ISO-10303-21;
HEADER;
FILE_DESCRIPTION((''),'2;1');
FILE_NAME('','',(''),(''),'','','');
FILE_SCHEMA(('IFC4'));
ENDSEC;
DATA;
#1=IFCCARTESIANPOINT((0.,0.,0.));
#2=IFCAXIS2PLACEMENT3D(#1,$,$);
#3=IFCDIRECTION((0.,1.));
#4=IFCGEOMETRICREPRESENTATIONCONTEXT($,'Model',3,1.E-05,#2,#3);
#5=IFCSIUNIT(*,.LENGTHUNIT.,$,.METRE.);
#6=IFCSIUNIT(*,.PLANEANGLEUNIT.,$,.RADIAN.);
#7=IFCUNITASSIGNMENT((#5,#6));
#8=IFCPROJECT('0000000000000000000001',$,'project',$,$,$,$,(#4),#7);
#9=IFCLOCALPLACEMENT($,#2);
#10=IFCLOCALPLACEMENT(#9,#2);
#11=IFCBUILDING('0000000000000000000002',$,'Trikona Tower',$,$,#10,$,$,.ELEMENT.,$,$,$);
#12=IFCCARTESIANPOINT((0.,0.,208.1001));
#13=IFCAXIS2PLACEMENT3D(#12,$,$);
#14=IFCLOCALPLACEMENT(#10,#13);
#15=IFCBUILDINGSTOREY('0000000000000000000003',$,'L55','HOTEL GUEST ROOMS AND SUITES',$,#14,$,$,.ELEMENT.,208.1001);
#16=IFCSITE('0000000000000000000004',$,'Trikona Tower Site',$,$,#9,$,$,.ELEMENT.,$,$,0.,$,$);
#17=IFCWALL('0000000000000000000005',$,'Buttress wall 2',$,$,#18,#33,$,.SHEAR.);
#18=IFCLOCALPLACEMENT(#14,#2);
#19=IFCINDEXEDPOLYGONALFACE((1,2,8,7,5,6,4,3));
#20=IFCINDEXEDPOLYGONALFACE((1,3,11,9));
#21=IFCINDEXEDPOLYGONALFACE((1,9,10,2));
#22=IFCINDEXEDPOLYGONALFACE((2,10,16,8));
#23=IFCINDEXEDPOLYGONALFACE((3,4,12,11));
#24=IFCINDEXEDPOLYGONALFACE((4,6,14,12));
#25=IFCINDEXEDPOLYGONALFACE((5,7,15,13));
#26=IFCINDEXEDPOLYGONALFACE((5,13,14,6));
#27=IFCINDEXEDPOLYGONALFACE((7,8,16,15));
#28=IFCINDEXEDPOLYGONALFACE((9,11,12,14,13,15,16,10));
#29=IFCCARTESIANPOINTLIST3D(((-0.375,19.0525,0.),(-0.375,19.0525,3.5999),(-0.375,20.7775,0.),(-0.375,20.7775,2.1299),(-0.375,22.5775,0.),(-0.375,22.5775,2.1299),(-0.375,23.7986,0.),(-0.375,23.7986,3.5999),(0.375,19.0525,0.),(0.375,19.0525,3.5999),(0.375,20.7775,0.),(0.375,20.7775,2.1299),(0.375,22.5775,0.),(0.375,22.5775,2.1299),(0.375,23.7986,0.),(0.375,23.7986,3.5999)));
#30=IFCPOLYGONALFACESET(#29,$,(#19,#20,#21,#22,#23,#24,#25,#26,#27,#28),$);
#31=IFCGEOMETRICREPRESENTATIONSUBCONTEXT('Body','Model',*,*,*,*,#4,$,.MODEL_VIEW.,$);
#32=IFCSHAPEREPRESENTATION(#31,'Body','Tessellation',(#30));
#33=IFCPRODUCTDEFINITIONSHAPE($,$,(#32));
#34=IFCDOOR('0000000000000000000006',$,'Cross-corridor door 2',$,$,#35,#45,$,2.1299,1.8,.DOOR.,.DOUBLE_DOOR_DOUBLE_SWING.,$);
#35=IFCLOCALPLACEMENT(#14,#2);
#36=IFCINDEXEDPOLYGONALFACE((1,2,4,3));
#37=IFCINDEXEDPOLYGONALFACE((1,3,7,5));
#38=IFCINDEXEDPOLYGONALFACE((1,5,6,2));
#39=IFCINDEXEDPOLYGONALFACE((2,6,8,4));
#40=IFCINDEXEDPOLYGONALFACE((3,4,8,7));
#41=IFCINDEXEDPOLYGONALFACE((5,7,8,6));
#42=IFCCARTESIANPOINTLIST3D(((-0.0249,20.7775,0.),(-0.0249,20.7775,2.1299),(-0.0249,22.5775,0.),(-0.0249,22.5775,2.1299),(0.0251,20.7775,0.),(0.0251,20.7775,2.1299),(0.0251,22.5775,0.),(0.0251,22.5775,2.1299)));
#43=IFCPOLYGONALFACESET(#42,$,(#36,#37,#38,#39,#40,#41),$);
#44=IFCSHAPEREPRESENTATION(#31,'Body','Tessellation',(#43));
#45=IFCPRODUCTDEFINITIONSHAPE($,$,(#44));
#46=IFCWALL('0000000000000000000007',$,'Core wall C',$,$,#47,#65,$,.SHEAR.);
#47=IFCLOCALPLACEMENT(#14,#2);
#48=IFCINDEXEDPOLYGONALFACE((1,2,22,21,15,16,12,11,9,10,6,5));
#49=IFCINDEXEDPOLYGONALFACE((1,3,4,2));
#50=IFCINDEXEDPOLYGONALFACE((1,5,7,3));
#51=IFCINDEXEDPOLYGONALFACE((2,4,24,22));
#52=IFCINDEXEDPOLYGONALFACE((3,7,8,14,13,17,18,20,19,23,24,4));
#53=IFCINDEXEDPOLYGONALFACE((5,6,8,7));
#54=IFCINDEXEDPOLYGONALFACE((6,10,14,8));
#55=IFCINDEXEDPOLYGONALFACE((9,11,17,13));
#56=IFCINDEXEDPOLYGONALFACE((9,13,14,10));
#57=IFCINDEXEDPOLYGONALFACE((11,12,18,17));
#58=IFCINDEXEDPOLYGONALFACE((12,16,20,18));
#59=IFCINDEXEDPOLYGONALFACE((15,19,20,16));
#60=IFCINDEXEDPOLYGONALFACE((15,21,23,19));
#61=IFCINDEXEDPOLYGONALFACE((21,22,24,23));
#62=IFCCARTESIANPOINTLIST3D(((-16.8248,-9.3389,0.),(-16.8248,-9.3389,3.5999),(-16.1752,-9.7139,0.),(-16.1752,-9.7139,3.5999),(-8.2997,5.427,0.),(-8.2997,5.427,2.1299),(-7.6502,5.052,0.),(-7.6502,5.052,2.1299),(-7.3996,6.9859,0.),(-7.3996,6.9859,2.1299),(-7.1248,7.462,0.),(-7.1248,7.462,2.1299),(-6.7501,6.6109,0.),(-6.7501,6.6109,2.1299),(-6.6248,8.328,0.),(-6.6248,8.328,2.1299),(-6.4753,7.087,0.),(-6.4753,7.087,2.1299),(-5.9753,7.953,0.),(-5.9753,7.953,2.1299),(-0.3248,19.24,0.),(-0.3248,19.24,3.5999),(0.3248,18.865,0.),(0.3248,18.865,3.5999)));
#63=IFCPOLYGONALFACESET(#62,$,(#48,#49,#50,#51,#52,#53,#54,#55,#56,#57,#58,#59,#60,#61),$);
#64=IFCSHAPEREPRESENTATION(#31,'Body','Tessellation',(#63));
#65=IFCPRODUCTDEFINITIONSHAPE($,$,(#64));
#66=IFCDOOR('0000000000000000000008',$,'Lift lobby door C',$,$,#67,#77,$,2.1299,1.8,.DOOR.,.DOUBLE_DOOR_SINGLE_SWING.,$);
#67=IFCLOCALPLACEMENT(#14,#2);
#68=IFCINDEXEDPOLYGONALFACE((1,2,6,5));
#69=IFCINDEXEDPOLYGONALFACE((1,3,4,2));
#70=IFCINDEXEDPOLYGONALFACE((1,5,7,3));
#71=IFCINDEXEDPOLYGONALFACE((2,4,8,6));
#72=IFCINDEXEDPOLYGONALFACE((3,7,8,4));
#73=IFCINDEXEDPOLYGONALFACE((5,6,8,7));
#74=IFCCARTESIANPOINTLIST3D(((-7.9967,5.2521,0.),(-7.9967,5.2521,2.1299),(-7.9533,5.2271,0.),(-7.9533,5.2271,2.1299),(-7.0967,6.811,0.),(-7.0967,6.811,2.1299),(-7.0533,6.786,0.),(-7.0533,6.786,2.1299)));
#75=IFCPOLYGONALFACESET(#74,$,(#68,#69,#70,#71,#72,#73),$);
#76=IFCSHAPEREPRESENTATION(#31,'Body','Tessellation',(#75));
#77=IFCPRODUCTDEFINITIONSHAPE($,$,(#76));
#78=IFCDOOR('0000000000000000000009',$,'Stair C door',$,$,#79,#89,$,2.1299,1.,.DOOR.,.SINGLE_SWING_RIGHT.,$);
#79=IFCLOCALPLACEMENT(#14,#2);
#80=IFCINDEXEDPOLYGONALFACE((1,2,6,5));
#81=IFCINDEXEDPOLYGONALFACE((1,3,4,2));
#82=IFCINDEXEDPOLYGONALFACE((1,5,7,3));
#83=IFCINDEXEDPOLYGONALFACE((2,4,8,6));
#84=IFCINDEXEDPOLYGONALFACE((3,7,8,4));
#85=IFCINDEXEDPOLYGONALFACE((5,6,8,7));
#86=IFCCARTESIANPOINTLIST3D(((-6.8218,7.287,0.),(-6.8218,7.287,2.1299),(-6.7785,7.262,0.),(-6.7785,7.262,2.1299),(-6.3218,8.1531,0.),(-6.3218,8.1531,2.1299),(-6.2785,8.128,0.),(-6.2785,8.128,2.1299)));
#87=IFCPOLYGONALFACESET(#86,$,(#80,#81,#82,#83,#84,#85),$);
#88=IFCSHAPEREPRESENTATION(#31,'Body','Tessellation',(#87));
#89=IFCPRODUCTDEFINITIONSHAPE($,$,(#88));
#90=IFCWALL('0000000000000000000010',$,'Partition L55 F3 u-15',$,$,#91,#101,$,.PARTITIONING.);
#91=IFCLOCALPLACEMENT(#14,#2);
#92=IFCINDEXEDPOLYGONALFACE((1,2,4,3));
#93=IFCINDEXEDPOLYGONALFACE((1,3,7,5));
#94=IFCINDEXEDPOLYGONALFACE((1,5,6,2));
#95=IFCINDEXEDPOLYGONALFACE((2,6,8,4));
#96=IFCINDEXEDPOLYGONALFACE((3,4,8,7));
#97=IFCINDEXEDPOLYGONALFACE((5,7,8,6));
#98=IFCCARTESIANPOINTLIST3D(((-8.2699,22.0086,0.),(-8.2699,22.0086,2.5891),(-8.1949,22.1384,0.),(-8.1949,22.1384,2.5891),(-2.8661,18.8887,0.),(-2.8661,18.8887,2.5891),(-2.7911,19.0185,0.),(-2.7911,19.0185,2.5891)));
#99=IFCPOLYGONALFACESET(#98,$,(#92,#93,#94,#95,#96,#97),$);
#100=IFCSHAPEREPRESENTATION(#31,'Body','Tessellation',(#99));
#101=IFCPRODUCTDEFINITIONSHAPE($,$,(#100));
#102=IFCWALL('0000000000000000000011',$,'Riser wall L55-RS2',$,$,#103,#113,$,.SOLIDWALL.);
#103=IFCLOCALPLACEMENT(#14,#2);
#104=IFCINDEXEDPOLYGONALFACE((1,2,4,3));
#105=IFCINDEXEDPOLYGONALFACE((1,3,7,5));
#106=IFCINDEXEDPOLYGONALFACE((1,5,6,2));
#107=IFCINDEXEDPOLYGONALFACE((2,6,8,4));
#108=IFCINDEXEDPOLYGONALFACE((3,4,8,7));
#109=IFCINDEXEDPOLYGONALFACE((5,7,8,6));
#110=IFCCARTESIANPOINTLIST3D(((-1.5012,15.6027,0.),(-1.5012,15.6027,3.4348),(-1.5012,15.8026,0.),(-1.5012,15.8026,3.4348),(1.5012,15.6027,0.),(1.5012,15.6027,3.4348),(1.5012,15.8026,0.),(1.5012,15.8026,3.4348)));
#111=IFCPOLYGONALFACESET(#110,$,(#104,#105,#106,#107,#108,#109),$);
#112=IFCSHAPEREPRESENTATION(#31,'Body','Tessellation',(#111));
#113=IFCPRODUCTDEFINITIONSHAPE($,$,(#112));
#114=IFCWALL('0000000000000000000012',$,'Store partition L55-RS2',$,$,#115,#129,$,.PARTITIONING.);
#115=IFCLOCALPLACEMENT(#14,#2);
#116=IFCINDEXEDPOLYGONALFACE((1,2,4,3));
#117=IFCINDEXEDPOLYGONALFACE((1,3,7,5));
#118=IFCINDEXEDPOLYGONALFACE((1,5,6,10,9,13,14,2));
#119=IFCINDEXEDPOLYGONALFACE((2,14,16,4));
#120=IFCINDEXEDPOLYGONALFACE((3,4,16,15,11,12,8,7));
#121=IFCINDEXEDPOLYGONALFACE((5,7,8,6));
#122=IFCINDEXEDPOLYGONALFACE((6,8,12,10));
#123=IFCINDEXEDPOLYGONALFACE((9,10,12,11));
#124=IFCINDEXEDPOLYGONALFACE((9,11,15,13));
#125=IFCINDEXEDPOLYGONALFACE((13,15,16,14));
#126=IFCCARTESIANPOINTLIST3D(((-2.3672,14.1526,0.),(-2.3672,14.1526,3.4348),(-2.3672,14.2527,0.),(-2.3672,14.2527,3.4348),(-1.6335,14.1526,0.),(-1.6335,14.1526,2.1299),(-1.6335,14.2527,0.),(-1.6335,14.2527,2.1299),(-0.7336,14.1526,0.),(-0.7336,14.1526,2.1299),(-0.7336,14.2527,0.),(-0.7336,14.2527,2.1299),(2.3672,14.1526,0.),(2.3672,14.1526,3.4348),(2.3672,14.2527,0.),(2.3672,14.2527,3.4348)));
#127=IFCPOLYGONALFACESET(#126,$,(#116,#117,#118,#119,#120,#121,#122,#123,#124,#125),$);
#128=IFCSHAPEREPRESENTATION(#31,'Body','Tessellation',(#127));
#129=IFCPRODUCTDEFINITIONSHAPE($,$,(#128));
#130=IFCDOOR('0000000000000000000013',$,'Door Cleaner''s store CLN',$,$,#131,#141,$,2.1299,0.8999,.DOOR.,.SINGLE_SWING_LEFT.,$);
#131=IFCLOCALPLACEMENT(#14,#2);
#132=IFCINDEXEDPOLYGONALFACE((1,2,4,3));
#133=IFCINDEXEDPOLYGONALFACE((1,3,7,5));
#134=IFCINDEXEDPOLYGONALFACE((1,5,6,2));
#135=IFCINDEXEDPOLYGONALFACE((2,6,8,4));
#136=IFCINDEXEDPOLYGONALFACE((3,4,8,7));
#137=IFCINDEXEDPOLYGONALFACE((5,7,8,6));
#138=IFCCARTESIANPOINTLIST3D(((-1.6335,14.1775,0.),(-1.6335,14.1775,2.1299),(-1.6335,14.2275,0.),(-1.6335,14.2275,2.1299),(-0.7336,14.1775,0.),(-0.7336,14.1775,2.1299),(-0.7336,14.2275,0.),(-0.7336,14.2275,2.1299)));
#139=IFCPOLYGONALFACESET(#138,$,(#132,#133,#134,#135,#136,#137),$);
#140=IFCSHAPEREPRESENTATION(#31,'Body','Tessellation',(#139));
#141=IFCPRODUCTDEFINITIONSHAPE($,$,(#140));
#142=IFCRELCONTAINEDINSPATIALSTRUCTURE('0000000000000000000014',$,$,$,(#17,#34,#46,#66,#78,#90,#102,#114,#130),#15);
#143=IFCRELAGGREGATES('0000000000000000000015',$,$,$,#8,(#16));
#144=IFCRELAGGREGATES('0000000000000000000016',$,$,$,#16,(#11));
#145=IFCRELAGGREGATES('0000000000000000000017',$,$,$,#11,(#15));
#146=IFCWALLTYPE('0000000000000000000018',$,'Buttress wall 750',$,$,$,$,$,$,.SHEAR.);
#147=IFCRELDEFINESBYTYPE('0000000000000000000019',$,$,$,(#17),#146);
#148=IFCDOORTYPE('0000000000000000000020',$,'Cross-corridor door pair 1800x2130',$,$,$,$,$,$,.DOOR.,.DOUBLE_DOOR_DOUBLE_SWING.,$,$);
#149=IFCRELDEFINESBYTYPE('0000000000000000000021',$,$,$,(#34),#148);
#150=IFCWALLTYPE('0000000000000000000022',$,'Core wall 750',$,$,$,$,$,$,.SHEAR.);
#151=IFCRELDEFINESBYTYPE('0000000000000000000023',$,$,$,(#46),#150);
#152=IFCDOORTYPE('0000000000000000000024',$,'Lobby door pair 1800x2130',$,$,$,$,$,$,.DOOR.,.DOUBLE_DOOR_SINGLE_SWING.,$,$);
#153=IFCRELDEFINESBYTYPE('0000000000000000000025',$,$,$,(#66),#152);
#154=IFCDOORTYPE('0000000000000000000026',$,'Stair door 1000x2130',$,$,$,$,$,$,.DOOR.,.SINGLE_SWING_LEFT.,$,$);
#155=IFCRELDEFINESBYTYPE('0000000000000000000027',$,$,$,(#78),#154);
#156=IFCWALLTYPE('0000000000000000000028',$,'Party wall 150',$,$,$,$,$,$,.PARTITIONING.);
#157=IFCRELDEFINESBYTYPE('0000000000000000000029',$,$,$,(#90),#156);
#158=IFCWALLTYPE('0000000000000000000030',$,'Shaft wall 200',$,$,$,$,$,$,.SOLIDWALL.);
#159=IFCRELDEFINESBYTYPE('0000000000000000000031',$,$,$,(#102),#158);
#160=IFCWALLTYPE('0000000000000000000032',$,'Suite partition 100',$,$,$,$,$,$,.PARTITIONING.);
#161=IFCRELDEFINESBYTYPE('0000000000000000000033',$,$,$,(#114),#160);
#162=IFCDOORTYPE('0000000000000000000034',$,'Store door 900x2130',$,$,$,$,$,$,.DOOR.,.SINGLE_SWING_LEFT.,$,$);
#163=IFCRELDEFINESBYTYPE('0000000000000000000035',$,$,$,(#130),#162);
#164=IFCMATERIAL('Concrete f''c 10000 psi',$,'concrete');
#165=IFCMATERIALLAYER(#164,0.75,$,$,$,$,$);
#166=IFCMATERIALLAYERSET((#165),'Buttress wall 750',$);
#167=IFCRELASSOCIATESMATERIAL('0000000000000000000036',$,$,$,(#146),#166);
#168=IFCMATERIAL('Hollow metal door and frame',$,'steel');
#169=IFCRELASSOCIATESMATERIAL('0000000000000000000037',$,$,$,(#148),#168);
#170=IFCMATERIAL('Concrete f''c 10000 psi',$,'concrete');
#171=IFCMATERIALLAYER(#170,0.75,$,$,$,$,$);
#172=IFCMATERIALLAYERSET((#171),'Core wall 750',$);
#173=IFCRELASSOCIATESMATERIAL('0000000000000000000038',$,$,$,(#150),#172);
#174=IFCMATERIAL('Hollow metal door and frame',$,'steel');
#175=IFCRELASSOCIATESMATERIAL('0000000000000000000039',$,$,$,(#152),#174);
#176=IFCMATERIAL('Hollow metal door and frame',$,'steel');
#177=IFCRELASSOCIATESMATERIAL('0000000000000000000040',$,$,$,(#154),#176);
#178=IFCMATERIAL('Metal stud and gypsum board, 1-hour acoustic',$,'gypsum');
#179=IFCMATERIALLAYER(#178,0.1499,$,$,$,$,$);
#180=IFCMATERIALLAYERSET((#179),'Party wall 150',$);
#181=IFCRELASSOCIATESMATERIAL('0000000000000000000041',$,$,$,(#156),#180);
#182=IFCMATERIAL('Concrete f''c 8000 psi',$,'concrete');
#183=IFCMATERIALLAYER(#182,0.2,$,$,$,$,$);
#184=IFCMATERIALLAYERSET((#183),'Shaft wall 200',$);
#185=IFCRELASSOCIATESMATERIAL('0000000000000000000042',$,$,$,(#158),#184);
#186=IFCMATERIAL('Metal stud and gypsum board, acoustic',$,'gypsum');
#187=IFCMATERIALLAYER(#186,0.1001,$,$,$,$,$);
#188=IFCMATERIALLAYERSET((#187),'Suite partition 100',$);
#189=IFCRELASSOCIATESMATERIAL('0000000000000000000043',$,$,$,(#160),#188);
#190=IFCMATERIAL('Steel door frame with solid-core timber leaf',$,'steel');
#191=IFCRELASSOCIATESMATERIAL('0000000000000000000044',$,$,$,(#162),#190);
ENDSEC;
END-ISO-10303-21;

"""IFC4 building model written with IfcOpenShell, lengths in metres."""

from ifc_helpers import new_model, si_unit, direction, frame, frame_2d, origin, place, context, subcontext, project, spatial, rectangle, extrude, material, layer, layer_set, type_object, element, fill, save


model = new_model("IFC4")

# Units and contexts
model_context = context("Model", 3, precision=1e-05, world=origin(), true_north=direction((0.0, 1.0)))
body_context = subcontext(model_context, "Body", "Model", "MODEL_VIEW")
ifc_project = project(units=[si_unit("LENGTHUNIT", "METRE"), si_unit("PLANEANGLEUNIT", "RADIAN")], contexts=[model_context])

# Site, building, storey
site_placement = place(None, origin())
site = spatial("IfcSite", under=ifc_project, at=site_placement, Name="Trikona Tower Site", CompositionType="ELEMENT", RefElevation=0.0)
building_placement = place(site_placement, origin())
building = spatial("IfcBuilding", under=site, at=building_placement, Name="Trikona Tower", CompositionType="ELEMENT")
storey_placement = place(building_placement, frame((0.0, 0.0, 208.1001)))
storey = spatial("IfcBuildingStorey", under=building, at=storey_placement, Name="L55", Description="HOTEL GUEST ROOMS AND SUITES", CompositionType="ELEMENT", Elevation=208.1001)

# Wall, opening, door
ifc_material_1 = material(Name="Concrete f'c 10000 psi", Category="concrete")
ifc_layer_1 = layer(ifc_material_1, 0.75)
ifc_layer_set_1 = layer_set([ifc_layer_1], Name="Buttress wall 750")
wall_type_1 = type_object("IfcWallType", Name="Buttress wall 750", PredefinedType="SHEAR", material=ifc_layer_set_1)
wall_1_placement = place(storey_placement, frame((0.0, 19.0525, 0.0), z_axis=(0.0, 0.0, 1.0), x_axis=(0.0, 1.0, 0.0)))
wall_1 = element("IfcWall", 1, at=wall_1_placement, inside=storey, type_object=wall_type_1, Name="Buttress wall 2", PredefinedType="SHEAR", context=body_context, shape_type="SweptSolid", body=[
    extrude(rectangle(XDim=4.7461, YDim=0.75, at=frame_2d((2.373, 0.0))), origin(), (0.0, 0.0, 1.0), 3.5999),
])
opening_1_placement = place(wall_1_placement, frame((1.7251, 0.0, 0.0)))
opening_1 = element("IfcOpeningElement", 2, at=opening_1_placement, cuts=wall_1, PredefinedType="OPENING", context=body_context, shape_type="SweptSolid", body=[
    extrude(rectangle(XDim=1.8, YDim=2.1299, at=frame_2d((0.8999, 1.0649))), frame((0.0, 0.385, 0.0), z_axis=(0.0, -1.0, 0.0), x_axis=(1.0, 0.0, 0.0)), (0.0, 0.0, 1.0), 0.77),
])
ifc_material_2 = material(Name="Hollow metal door and frame", Category="steel")
door_type_1 = type_object("IfcDoorType", Name="Cross-corridor door pair 1800x2130", OperationType="DOUBLE_DOOR_DOUBLE_SWING", PredefinedType="DOOR", material=ifc_material_2)
door_1_placement = place(opening_1_placement, origin())
door_1 = element("IfcDoor", 3, at=door_1_placement, inside=storey, type_object=door_type_1, Name="Cross-corridor door 2", OperationType="DOUBLE_DOOR_DOUBLE_SWING", OverallHeight=2.1299, OverallWidth=1.8, PredefinedType="DOOR", context=body_context, shape_type="SweptSolid", body=[
    extrude(rectangle(XDim=1.8, YDim=2.1299, at=frame_2d((0.8999, 1.0649))), frame((0.0, 0.0249, 0.0), z_axis=(0.0, -1.0, 0.0), x_axis=(1.0, 0.0, 0.0)), (0.0, 0.0, 1.0), 0.05),
])
fill(opening_1, door_1)

# Wall, openings, doors
ifc_material_3 = material(Name="Concrete f'c 10000 psi", Category="concrete")
ifc_layer_2 = layer(ifc_material_3, 0.75)
ifc_layer_set_2 = layer_set([ifc_layer_2], Name="Core wall 750")
wall_type_2 = type_object("IfcWallType", Name="Core wall 750", PredefinedType="SHEAR", material=ifc_layer_set_2)
wall_2_placement = place(storey_placement, frame((0.0, 19.0525, 0.0), z_axis=(0.0, 0.0, 1.0), x_axis=(-0.5, -0.866026, 0.0)))
wall_2 = element("IfcWall", 4, at=wall_2_placement, inside=storey, type_object=wall_type_2, Name="Core wall C", PredefinedType="SHEAR", context=body_context, shape_type="SweptSolid", body=[
    extrude(rectangle(XDim=33.0, YDim=0.75, at=frame_2d((16.5, 0.0))), origin(), (0.0, 0.0, 1.0), 3.5999),
])
opening_2_placement = place(wall_2_placement, frame((14.1499, 0.0, 0.0)))
opening_2 = element("IfcOpeningElement", 5, at=opening_2_placement, cuts=wall_2, PredefinedType="OPENING", context=body_context, shape_type="SweptSolid", body=[
    extrude(rectangle(XDim=1.8, YDim=2.1299, at=frame_2d((0.8999, 1.0649))), frame((0.0, 0.385, 0.0), z_axis=(0.0, -1.0, 0.0), x_axis=(1.0, 0.0, 0.0)), (0.0, 0.0, 1.0), 0.77),
])
opening_3_placement = place(wall_2_placement, frame((12.6001, 0.0, 0.0)))
opening_3 = element("IfcOpeningElement", 6, at=opening_3_placement, cuts=wall_2, PredefinedType="OPENING", context=body_context, shape_type="SweptSolid", body=[
    extrude(rectangle(XDim=1.0, YDim=2.1299, at=frame_2d((0.5, 1.0649))), frame((0.0, 0.385, 0.0), z_axis=(0.0, -1.0, 0.0), x_axis=(1.0, 0.0, 0.0)), (0.0, 0.0, 1.0), 0.77),
])
ifc_material_4 = material(Name="Hollow metal door and frame", Category="steel")
door_type_2 = type_object("IfcDoorType", Name="Lobby door pair 1800x2130", OperationType="DOUBLE_DOOR_SINGLE_SWING", PredefinedType="DOOR", material=ifc_material_4)
door_2_placement = place(opening_2_placement, origin())
door_2 = element("IfcDoor", 7, at=door_2_placement, inside=storey, type_object=door_type_2, Name="Lift lobby door C", OperationType="DOUBLE_DOOR_SINGLE_SWING", OverallHeight=2.1299, OverallWidth=1.8, PredefinedType="DOOR", context=body_context, shape_type="SweptSolid", body=[
    extrude(rectangle(XDim=1.8, YDim=2.1299, at=frame_2d((0.8999, 1.0649))), frame((0.0, 0.0249, 0.0), z_axis=(0.0, -1.0, 0.0), x_axis=(1.0, 0.0, 0.0)), (0.0, 0.0, 1.0), 0.05),
])
fill(opening_2, door_2)
ifc_material_5 = material(Name="Hollow metal door and frame", Category="steel")
door_type_3 = type_object("IfcDoorType", Name="Stair door 1000x2130", OperationType="SINGLE_SWING_LEFT", PredefinedType="DOOR", material=ifc_material_5)
door_3_placement = place(opening_3_placement, origin())
door_3 = element("IfcDoor", 8, at=door_3_placement, inside=storey, type_object=door_type_3, Name="Stair C door", OperationType="SINGLE_SWING_RIGHT", OverallHeight=2.1299, OverallWidth=1.0, PredefinedType="DOOR", context=body_context, shape_type="SweptSolid", body=[
    extrude(rectangle(XDim=1.0, YDim=2.1299, at=frame_2d((0.5, 1.0649))), frame((0.0, 0.0249, 0.0), z_axis=(0.0, -1.0, 0.0), x_axis=(1.0, 0.0, 0.0)), (0.0, 0.0, 1.0), 0.05),
])
fill(opening_3, door_3)

# Walls
ifc_material_6 = material(Name="Metal stud and gypsum board, 1-hour acoustic", Category="gypsum")
ifc_layer_3 = layer(ifc_material_6, 0.1499)
ifc_layer_set_3 = layer_set([ifc_layer_3], Name="Party wall 150")
wall_type_3 = type_object("IfcWallType", Name="Party wall 150", PredefinedType="PARTITIONING", material=ifc_layer_set_3)
wall_3_placement = place(storey_placement, frame((-2.8286, 18.9536, 0.0), z_axis=(0.0, 0.0, 1.0), x_axis=(-0.866027, 0.499998, 0.0)))
element("IfcWall", 9, at=wall_3_placement, inside=storey, type_object=wall_type_3, Name="Partition L55 F3 u-15", PredefinedType="PARTITIONING", context=body_context, shape_type="SweptSolid", body=[
    extrude(rectangle(XDim=6.2397, YDim=0.1499, at=frame_2d((3.1199, 0.0))), origin(), (0.0, 0.0, 1.0), 2.5891),
])
ifc_material_7 = material(Name="Concrete f'c 8000 psi", Category="concrete")
ifc_layer_4 = layer(ifc_material_7, 0.2)
ifc_layer_set_4 = layer_set([ifc_layer_4], Name="Shaft wall 200")
wall_type_4 = type_object("IfcWallType", Name="Shaft wall 200", PredefinedType="SOLIDWALL", material=ifc_layer_set_4)
wall_4_placement = place(storey_placement, frame((-1.5012, 15.7026, 0.0), z_axis=(0.0, 0.0, 1.0), x_axis=(1.0, 0.0, 0.0)))
element("IfcWall", 10, at=wall_4_placement, inside=storey, type_object=wall_type_4, Name="Riser wall L55-RS2", PredefinedType="SOLIDWALL", context=body_context, shape_type="SweptSolid", body=[
    extrude(rectangle(XDim=3.0024, YDim=0.2, at=frame_2d((1.5012, 0.0))), origin(), (0.0, 0.0, 1.0), 3.4348),
])

# Wall, opening, door
ifc_material_8 = material(Name="Metal stud and gypsum board, acoustic", Category="gypsum")
ifc_layer_5 = layer(ifc_material_8, 0.1001)
ifc_layer_set_5 = layer_set([ifc_layer_5], Name="Suite partition 100")
wall_type_5 = type_object("IfcWallType", Name="Suite partition 100", PredefinedType="PARTITIONING", material=ifc_layer_set_5)
wall_5_placement = place(storey_placement, frame((-2.3672, 14.2026, 0.0), z_axis=(0.0, 0.0, 1.0), x_axis=(1.0, 0.0, 0.0)))
wall_5 = element("IfcWall", 11, at=wall_5_placement, inside=storey, type_object=wall_type_5, Name="Store partition L55-RS2", PredefinedType="PARTITIONING", context=body_context, shape_type="SweptSolid", body=[
    extrude(rectangle(XDim=4.7344, YDim=0.1001, at=frame_2d((2.3672, 0.0))), origin(), (0.0, 0.0, 1.0), 3.4348),
])
opening_4_placement = place(wall_5_placement, frame((0.7336, 0.0, 0.0)))
opening_4 = element("IfcOpeningElement", 12, at=opening_4_placement, cuts=wall_5, PredefinedType="OPENING", context=body_context, shape_type="SweptSolid", body=[
    extrude(rectangle(XDim=0.8999, YDim=2.1299, at=frame_2d((0.45, 1.0649))), frame((0.0, 0.0601, 0.0), z_axis=(0.0, -1.0, 0.0), x_axis=(1.0, 0.0, 0.0)), (0.0, 0.0, 1.0), 0.1201),
])
ifc_material_9 = material(Name="Steel door frame with solid-core timber leaf", Category="steel")
door_type_4 = type_object("IfcDoorType", Name="Store door 900x2130", OperationType="SINGLE_SWING_LEFT", PredefinedType="DOOR", material=ifc_material_9)
door_4_placement = place(opening_4_placement, origin())
door_4 = element("IfcDoor", 13, at=door_4_placement, inside=storey, type_object=door_type_4, Name="Door Cleaner's store CLN", OperationType="SINGLE_SWING_LEFT", OverallHeight=2.1299, OverallWidth=0.8999, PredefinedType="DOOR", context=body_context, shape_type="SweptSolid", body=[
    extrude(rectangle(XDim=0.8999, YDim=2.1299, at=frame_2d((0.45, 1.0649))), frame((0.0, 0.0249, 0.0), z_axis=(0.0, -1.0, 0.0), x_axis=(1.0, 0.0, 0.0)), (0.0, 0.0, 1.0), 0.05),
])
fill(opening_4, door_4)

save(model, "model.ifc")
